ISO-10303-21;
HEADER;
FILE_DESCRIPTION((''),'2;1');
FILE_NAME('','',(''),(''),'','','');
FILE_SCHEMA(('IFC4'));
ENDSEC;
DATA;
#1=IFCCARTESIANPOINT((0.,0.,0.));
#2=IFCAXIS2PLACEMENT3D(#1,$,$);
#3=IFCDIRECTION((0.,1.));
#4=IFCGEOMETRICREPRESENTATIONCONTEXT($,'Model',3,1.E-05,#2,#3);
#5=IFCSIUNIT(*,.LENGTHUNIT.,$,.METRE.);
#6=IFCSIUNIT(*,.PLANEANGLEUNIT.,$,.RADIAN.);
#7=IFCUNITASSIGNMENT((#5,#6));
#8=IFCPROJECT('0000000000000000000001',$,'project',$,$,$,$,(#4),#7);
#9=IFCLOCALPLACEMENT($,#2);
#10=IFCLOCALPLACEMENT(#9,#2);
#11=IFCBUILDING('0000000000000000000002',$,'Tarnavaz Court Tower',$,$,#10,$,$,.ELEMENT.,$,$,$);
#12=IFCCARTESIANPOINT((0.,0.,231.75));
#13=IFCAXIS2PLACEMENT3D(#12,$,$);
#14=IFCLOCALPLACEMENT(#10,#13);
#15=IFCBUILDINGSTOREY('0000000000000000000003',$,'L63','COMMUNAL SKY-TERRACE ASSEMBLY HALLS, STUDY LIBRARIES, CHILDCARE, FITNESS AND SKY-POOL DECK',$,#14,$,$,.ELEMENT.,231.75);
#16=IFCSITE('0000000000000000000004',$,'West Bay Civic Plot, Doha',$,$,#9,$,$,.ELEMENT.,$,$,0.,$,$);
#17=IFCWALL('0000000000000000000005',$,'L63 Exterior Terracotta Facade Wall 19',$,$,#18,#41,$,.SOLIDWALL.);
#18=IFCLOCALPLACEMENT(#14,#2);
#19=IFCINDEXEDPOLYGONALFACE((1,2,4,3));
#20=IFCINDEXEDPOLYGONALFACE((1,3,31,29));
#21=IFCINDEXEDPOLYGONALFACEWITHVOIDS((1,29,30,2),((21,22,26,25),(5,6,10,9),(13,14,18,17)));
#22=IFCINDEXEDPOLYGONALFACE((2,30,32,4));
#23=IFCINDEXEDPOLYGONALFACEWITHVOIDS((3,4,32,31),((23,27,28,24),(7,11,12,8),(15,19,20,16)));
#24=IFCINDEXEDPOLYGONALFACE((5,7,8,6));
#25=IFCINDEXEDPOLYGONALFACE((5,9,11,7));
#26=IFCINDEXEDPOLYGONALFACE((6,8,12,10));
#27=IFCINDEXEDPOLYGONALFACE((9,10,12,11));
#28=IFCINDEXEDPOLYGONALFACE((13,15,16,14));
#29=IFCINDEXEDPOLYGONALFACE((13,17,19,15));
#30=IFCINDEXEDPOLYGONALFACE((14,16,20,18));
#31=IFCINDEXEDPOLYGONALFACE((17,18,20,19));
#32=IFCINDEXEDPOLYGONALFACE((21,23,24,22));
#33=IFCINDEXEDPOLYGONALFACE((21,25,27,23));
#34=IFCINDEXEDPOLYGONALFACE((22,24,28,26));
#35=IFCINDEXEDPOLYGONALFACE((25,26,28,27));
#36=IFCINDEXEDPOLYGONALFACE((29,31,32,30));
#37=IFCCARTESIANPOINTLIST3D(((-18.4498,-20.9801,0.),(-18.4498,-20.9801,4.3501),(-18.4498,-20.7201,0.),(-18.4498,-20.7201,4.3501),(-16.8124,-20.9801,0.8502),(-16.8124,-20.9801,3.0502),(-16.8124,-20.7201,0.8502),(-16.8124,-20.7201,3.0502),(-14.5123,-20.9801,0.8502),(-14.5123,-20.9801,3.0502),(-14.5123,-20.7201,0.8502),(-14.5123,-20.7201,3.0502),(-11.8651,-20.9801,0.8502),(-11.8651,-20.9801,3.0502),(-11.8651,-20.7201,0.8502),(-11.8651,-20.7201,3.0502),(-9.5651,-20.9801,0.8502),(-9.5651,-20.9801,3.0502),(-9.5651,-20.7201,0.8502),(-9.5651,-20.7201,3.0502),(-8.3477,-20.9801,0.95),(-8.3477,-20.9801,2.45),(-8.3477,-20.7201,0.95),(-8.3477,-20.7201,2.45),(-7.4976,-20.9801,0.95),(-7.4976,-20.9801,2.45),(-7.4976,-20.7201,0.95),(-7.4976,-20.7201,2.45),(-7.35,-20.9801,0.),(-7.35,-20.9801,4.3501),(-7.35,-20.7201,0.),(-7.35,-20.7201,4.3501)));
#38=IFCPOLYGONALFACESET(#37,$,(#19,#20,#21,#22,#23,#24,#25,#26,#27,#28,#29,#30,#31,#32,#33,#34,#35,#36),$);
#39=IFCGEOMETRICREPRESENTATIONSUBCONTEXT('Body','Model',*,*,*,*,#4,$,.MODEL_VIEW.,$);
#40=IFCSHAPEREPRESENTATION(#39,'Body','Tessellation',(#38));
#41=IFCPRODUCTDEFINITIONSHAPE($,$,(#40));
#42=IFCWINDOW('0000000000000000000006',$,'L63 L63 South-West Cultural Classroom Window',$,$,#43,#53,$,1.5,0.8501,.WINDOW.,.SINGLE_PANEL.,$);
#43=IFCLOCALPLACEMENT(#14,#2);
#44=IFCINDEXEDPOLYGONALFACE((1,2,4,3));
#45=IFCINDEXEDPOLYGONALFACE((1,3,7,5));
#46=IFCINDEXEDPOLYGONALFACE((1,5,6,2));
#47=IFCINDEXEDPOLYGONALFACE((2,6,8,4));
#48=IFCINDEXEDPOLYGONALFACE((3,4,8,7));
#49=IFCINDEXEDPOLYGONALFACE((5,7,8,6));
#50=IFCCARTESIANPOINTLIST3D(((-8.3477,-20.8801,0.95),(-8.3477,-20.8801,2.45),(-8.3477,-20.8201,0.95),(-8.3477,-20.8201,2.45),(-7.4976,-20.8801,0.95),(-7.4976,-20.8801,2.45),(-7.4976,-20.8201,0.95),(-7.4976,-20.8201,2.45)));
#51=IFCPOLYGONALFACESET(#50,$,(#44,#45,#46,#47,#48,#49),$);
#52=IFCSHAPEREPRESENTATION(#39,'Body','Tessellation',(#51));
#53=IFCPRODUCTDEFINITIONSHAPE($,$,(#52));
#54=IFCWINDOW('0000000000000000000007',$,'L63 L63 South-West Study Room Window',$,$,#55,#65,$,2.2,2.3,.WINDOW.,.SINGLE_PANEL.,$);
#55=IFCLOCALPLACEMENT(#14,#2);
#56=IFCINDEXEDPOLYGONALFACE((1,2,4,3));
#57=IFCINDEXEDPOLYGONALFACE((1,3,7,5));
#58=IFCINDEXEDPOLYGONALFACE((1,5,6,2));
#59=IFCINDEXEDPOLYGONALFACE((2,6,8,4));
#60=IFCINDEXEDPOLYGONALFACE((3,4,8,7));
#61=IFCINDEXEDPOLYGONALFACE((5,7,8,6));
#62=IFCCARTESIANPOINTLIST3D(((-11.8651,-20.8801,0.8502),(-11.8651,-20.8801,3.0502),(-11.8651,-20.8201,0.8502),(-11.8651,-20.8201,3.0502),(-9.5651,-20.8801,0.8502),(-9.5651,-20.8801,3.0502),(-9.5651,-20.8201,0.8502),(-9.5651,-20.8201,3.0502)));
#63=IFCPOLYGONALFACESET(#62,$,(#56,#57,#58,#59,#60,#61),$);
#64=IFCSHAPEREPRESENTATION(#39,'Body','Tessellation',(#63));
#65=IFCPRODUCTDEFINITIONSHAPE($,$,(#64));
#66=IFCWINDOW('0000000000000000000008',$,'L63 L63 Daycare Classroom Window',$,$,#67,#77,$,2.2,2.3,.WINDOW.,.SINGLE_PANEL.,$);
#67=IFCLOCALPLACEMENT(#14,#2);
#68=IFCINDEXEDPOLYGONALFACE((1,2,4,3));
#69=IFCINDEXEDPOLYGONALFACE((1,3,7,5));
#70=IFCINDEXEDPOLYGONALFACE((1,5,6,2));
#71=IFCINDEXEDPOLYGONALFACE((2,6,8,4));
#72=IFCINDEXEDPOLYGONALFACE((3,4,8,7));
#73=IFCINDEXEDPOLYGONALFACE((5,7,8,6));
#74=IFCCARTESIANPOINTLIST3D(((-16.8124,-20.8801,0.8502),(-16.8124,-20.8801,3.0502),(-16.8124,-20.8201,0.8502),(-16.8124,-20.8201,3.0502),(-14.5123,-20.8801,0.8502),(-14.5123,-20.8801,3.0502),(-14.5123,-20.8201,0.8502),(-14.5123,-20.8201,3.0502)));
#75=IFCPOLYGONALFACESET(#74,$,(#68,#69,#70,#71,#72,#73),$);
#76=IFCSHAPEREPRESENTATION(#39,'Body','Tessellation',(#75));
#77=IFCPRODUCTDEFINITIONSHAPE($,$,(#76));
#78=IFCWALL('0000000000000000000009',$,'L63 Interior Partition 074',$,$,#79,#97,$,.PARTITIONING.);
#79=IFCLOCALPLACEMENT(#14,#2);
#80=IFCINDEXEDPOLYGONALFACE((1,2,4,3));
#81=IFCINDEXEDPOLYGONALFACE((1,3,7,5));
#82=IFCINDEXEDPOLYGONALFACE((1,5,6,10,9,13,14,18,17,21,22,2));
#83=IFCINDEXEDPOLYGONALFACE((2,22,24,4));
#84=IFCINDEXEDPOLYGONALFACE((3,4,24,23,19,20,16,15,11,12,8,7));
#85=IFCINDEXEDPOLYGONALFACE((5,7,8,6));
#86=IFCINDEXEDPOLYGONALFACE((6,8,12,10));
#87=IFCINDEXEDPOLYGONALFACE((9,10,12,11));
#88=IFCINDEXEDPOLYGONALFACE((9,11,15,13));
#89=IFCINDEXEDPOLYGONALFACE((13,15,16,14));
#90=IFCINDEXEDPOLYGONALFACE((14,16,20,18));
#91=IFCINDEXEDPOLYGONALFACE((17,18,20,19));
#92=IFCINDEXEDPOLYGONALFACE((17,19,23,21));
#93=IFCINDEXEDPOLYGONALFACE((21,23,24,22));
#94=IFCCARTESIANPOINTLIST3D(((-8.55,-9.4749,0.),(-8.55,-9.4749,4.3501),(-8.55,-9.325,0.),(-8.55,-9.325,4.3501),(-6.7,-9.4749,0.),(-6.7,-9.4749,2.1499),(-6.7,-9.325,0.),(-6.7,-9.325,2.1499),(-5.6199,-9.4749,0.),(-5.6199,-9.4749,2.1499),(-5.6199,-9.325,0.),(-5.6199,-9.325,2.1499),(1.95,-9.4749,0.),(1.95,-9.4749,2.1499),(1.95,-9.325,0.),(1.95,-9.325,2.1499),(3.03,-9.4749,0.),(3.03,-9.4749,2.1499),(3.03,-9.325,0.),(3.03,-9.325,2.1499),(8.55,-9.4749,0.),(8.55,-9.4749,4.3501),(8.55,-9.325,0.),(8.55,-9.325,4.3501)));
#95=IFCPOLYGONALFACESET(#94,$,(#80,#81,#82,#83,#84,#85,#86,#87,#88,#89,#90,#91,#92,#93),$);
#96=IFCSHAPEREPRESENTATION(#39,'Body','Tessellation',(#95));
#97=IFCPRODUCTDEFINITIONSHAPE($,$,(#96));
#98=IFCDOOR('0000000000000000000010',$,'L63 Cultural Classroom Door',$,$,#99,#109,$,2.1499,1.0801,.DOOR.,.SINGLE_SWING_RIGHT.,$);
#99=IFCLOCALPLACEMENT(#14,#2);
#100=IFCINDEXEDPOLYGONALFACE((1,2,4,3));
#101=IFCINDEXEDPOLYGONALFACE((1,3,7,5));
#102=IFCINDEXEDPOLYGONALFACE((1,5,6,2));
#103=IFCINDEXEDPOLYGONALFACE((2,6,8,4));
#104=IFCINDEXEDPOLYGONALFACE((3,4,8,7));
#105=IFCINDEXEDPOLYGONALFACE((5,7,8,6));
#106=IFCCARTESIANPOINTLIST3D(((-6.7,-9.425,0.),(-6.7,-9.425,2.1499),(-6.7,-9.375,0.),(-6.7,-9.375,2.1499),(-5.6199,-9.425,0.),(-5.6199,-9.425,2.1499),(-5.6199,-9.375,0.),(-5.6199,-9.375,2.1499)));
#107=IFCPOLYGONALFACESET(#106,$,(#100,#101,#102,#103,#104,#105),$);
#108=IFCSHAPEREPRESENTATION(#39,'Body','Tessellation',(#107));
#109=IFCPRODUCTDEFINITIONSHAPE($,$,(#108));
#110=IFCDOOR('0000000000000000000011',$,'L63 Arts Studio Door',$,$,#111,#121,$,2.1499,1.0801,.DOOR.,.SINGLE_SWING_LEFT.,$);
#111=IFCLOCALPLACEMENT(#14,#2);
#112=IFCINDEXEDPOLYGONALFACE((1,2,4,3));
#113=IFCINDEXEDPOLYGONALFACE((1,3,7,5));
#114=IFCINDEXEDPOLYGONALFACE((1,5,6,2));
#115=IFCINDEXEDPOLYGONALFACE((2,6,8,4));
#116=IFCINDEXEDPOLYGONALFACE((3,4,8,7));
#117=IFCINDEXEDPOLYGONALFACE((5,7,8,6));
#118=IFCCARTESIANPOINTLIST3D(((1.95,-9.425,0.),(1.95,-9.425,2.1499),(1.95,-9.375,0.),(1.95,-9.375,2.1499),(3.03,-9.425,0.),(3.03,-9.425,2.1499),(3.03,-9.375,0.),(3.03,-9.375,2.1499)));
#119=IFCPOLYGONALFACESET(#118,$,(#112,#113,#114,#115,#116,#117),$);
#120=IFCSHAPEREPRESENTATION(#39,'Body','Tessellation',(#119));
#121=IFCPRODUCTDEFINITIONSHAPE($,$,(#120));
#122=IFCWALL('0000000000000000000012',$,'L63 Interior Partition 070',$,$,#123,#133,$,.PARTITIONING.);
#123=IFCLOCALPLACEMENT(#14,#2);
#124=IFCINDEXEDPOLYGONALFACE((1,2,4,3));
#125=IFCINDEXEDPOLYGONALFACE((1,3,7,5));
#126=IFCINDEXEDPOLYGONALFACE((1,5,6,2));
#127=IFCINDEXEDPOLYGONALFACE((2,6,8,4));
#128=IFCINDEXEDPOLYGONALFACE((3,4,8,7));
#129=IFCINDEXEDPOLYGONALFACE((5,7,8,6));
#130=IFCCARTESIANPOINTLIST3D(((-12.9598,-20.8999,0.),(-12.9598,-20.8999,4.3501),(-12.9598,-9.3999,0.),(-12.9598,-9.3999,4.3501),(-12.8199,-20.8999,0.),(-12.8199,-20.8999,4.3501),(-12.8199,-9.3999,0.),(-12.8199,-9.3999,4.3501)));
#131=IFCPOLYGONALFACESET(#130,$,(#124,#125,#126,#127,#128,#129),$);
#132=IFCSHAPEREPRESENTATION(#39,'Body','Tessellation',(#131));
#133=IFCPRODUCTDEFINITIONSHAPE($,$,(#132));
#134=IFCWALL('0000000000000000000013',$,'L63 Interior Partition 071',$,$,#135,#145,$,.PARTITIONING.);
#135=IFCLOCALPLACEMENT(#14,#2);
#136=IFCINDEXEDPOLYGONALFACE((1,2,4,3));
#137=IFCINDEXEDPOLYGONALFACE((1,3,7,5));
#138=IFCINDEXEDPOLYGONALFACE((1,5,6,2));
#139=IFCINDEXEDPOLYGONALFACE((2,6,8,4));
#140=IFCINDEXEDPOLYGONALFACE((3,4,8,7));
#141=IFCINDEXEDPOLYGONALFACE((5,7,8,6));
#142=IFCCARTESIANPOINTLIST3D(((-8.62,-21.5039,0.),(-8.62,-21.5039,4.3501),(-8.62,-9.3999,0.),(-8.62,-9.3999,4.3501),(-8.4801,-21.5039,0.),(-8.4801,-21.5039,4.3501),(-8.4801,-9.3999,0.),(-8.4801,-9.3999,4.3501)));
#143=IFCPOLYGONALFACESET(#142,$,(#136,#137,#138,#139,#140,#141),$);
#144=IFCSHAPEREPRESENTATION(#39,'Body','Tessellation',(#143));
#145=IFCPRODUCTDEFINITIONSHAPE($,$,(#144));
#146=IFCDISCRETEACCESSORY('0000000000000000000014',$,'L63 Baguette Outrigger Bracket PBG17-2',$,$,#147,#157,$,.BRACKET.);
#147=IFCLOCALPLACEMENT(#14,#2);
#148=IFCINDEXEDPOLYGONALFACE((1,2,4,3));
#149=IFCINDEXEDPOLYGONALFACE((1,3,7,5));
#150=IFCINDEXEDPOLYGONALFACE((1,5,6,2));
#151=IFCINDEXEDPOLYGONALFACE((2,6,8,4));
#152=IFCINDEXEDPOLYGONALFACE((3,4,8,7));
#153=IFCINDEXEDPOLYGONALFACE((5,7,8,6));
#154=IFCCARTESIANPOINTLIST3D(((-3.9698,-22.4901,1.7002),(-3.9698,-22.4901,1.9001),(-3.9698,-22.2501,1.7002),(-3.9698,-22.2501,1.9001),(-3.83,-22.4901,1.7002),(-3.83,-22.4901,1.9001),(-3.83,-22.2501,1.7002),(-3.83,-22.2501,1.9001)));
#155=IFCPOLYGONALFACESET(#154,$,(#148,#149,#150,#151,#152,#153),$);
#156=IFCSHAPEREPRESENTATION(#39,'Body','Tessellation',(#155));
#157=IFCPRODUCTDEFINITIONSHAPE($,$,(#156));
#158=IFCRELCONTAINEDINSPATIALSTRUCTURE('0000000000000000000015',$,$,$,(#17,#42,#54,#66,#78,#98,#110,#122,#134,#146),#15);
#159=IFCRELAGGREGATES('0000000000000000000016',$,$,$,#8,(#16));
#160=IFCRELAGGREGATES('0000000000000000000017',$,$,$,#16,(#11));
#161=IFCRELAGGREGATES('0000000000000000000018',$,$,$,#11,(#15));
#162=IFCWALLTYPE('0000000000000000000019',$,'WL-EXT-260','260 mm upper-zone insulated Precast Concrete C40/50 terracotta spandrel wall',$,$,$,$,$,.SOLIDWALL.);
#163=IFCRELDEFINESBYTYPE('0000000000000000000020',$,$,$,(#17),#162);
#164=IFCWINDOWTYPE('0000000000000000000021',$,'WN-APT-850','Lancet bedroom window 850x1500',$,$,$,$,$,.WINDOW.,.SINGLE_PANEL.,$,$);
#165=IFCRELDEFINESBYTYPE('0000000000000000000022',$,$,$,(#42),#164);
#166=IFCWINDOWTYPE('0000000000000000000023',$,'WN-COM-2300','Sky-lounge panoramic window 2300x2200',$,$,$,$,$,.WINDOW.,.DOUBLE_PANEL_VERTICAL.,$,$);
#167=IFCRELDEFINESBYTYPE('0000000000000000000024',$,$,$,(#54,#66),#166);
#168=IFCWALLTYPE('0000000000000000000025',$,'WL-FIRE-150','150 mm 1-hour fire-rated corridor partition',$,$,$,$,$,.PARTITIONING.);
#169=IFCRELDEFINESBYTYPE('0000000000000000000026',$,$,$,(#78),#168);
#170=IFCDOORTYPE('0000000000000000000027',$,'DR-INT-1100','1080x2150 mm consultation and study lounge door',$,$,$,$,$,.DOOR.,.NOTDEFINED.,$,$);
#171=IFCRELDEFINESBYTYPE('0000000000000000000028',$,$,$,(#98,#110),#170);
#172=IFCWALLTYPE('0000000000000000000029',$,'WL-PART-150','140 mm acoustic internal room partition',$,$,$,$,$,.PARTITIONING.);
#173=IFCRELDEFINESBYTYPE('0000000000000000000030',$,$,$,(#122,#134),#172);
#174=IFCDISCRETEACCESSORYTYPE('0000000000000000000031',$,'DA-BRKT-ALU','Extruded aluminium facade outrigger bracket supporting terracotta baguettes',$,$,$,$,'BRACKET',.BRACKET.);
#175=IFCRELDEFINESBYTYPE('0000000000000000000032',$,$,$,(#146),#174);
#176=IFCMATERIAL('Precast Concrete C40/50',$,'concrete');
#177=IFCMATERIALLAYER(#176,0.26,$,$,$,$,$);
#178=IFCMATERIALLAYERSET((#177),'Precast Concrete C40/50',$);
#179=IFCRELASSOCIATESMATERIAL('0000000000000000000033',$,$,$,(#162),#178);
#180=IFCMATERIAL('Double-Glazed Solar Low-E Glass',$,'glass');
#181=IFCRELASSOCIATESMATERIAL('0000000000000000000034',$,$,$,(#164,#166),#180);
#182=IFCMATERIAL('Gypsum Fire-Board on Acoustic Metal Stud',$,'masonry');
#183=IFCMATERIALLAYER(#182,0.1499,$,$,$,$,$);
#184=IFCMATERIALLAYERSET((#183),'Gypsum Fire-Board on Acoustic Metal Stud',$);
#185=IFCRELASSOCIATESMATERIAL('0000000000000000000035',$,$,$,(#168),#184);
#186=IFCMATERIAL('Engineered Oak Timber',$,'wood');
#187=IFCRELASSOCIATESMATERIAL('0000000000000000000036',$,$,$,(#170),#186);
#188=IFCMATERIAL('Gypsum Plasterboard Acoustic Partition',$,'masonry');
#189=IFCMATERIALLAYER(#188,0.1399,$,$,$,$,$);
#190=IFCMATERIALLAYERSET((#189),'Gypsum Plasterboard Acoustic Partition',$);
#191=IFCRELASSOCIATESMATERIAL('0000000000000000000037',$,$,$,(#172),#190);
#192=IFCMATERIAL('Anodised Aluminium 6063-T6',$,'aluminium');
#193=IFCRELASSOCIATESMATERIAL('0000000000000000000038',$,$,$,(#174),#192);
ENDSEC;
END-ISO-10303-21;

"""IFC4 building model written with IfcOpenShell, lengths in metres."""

from ifc_helpers import new_model, si_unit, direction, frame, frame_2d, origin, origin_2d, place, context, subcontext, project, spatial, rectangle, extrude, material, layer, layer_set, type_object, element, fill, save


model = new_model("IFC4")

# Units and contexts
model_context = context("Model", 3, precision=1e-05, world=origin(), true_north=direction((0.0, 1.0)))
body_context = subcontext(model_context, "Body", "Model", "MODEL_VIEW")
ifc_project = project(units=[si_unit("LENGTHUNIT", "METRE"), si_unit("PLANEANGLEUNIT", "RADIAN")], contexts=[model_context])

# Site, building, storey
site_placement = place(None, origin())
site = spatial("IfcSite", under=ifc_project, at=site_placement, Name="West Bay Civic Plot, Doha", CompositionType="ELEMENT", RefElevation=0.0)
building_placement = place(site_placement, origin())
building = spatial("IfcBuilding", under=site, at=building_placement, Name="Tarnavaz Court Tower", CompositionType="ELEMENT")
storey_placement = place(building_placement, frame((0.0, 0.0, 231.75)))
storey = spatial("IfcBuildingStorey", under=building, at=storey_placement, Name="L63", Description="COMMUNAL SKY-TERRACE ASSEMBLY HALLS, STUDY LIBRARIES, CHILDCARE, FITNESS AND SKY-POOL DECK", CompositionType="ELEMENT", Elevation=231.75)

# Shared definitions
ifc_material_1 = material(Name="Anodised Aluminium 6063-T6", Category="aluminium")
ifc_material_2 = material(Name="Double-Glazed Solar Low-E Glass", Category="glass")

# Shared definitions
ifc_material_3 = material(Name="Precast Concrete C40/50", Category="concrete")
ifc_layer_1 = layer(ifc_material_3, 0.26)
ifc_layer_set_1 = layer_set([ifc_layer_1], Name="Precast Concrete C40/50")
wall_type_1 = type_object("IfcWallType", Name="WL-EXT-260", Description="260 mm upper-zone insulated Precast Concrete C40/50 terracotta spandrel wall", PredefinedType="SOLIDWALL", material=ifc_layer_set_1)

# Wall, openings, windows
wall_1_placement = place(storey_placement, frame((-7.3501, -20.8501, 0.0), z_axis=(0.0, 0.0, 1.0), x_axis=(-1.0, 0.0, 0.0)))
wall_1 = element("IfcWall", 1, at=wall_1_placement, inside=storey, type_object=wall_type_1, Name="L63 Exterior Terracotta Facade Wall 19", PredefinedType="SOLIDWALL", context=body_context, shape_type="SweptSolid", body=[
    extrude(rectangle(XDim=11.0999, YDim=0.26, at=frame_2d((5.5498, 0.0))), origin(), (0.0, 0.0, 1.0), 4.3501),
])
opening_1_placement = place(wall_1_placement, frame((0.1475, 0.0, 0.95)))
opening_1 = element("IfcOpeningElement", 2, at=opening_1_placement, cuts=wall_1, PredefinedType="OPENING", context=body_context, shape_type="SweptSolid", body=[
    extrude(rectangle(XDim=0.8501, YDim=1.5, at=frame_2d((0.425, 0.75))), frame((0.0, 0.1399, 0.0), z_axis=(0.0, -1.0, 0.0), x_axis=(1.0, 0.0, 0.0)), (0.0, 0.0, 1.0), 0.28),
])
opening_2_placement = place(wall_1_placement, frame((2.2151, 0.0, 0.8501)))
opening_2 = element("IfcOpeningElement", 3, at=opening_2_placement, cuts=wall_1, PredefinedType="OPENING", context=body_context, shape_type="SweptSolid", body=[
    extrude(rectangle(XDim=2.3, YDim=2.2, at=frame_2d((1.1499, 1.1001))), frame((0.0, 0.1399, 0.0), z_axis=(0.0, -1.0, 0.0), x_axis=(1.0, 0.0, 0.0)), (0.0, 0.0, 1.0), 0.28),
])
opening_3_placement = place(wall_1_placement, frame((7.1624, 0.0, 0.8501)))
opening_3 = element("IfcOpeningElement", 4, at=opening_3_placement, cuts=wall_1, PredefinedType="OPENING", context=body_context, shape_type="SweptSolid", body=[
    extrude(rectangle(XDim=2.3, YDim=2.2, at=frame_2d((1.1499, 1.1001))), frame((0.0, 0.1399, 0.0), z_axis=(0.0, -1.0, 0.0), x_axis=(1.0, 0.0, 0.0)), (0.0, 0.0, 1.0), 0.28),
])
window_type_1 = type_object("IfcWindowType", Name="WN-APT-850", Description="Lancet bedroom window 850x1500", PartitioningType="SINGLE_PANEL", PredefinedType="WINDOW", material=ifc_material_2)
window_1_placement = place(opening_1_placement, origin())
window_1 = element("IfcWindow", 5, at=window_1_placement, inside=storey, type_object=window_type_1, Name="L63 L63 South-West Cultural Classroom Window", OverallHeight=1.5, OverallWidth=0.8501, PartitioningType="SINGLE_PANEL", PredefinedType="WINDOW", context=body_context, shape_type="SweptSolid", body=[
    extrude(rectangle(XDim=0.8501, YDim=1.5, at=frame_2d((0.425, 0.75))), frame((0.0, 0.03, 0.0), z_axis=(0.0, -1.0, 0.0), x_axis=(1.0, 0.0, 0.0)), (0.0, 0.0, 1.0), 0.0601),
])
fill(opening_1, window_1)
window_type_2 = type_object("IfcWindowType", Name="WN-COM-2300", Description="Sky-lounge panoramic window 2300x2200", PartitioningType="DOUBLE_PANEL_VERTICAL", PredefinedType="WINDOW", material=ifc_material_2)
window_2_placement = place(opening_2_placement, origin())
window_2 = element("IfcWindow", 6, at=window_2_placement, inside=storey, type_object=window_type_2, Name="L63 L63 South-West Study Room Window", OverallHeight=2.2, OverallWidth=2.3, PartitioningType="SINGLE_PANEL", PredefinedType="WINDOW", context=body_context, shape_type="SweptSolid", body=[
    extrude(rectangle(XDim=2.3, YDim=2.2, at=frame_2d((1.1499, 1.1001))), frame((0.0, 0.03, 0.0), z_axis=(0.0, -1.0, 0.0), x_axis=(1.0, 0.0, 0.0)), (0.0, 0.0, 1.0), 0.0601),
])
fill(opening_2, window_2)
window_3_placement = place(opening_3_placement, origin())
window_3 = element("IfcWindow", 7, at=window_3_placement, inside=storey, type_object=window_type_2, Name="L63 L63 Daycare Classroom Window", OverallHeight=2.2, OverallWidth=2.3, PartitioningType="SINGLE_PANEL", PredefinedType="WINDOW", context=body_context, shape_type="SweptSolid", body=[
    extrude(rectangle(XDim=2.3, YDim=2.2, at=frame_2d((1.1499, 1.1001))), frame((0.0, 0.03, 0.0), z_axis=(0.0, -1.0, 0.0), x_axis=(1.0, 0.0, 0.0)), (0.0, 0.0, 1.0), 0.0601),
])
fill(opening_3, window_3)

# Wall, openings, doors
ifc_material_4 = material(Name="Gypsum Fire-Board on Acoustic Metal Stud", Category="masonry")
ifc_layer_2 = layer(ifc_material_4, 0.1499)
ifc_layer_set_2 = layer_set([ifc_layer_2], Name="Gypsum Fire-Board on Acoustic Metal Stud")
wall_type_2 = type_object("IfcWallType", Name="WL-FIRE-150", Description="150 mm 1-hour fire-rated corridor partition", PredefinedType="PARTITIONING", material=ifc_layer_set_2)
wall_2_placement = place(storey_placement, frame((-8.55, -9.3999, 0.0), z_axis=(0.0, 0.0, 1.0), x_axis=(1.0, 0.0, 0.0)))
wall_2 = element("IfcWall", 8, at=wall_2_placement, inside=storey, type_object=wall_type_2, Name="L63 Interior Partition 074", PredefinedType="PARTITIONING", context=body_context, shape_type="SweptSolid", body=[
    extrude(rectangle(XDim=17.1001, YDim=0.1499, at=frame_2d((8.55, 0.0))), origin(), (0.0, 0.0, 1.0), 4.3501),
])
opening_4_placement = place(wall_2_placement, frame((1.8501, 0.0, 0.0)))
opening_4 = element("IfcOpeningElement", 9, at=opening_4_placement, cuts=wall_2, PredefinedType="OPENING", context=body_context, shape_type="SweptSolid", body=[
    extrude(rectangle(XDim=1.0801, YDim=2.1499, at=frame_2d((0.54, 1.075))), frame((0.0, 0.085, 0.0), z_axis=(0.0, -1.0, 0.0), x_axis=(1.0, 0.0, 0.0)), (0.0, 0.0, 1.0), 0.1699),
])
opening_5_placement = place(wall_2_placement, frame((10.5, 0.0, 0.0)))
opening_5 = element("IfcOpeningElement", 10, at=opening_5_placement, cuts=wall_2, PredefinedType="OPENING", context=body_context, shape_type="SweptSolid", body=[
    extrude(rectangle(XDim=1.0801, YDim=2.1499, at=frame_2d((0.54, 1.075))), frame((0.0, 0.085, 0.0), z_axis=(0.0, -1.0, 0.0), x_axis=(1.0, 0.0, 0.0)), (0.0, 0.0, 1.0), 0.1699),
])
ifc_material_5 = material(Name="Engineered Oak Timber", Category="wood")
door_type = type_object("IfcDoorType", Name="DR-INT-1100", Description="1080x2150 mm consultation and study lounge door", OperationType="NOTDEFINED", PredefinedType="DOOR", material=ifc_material_5)
door_1_placement = place(opening_4_placement, origin())
door_1 = element("IfcDoor", 11, at=door_1_placement, inside=storey, type_object=door_type, Name="L63 Cultural Classroom Door", OperationType="SINGLE_SWING_RIGHT", OverallHeight=2.1499, OverallWidth=1.0801, PredefinedType="DOOR", context=body_context, shape_type="SweptSolid", body=[
    extrude(rectangle(XDim=1.0801, YDim=2.1499, at=frame_2d((0.54, 1.075))), frame((0.0, 0.0249, 0.0), z_axis=(0.0, -1.0, 0.0), x_axis=(1.0, 0.0, 0.0)), (0.0, 0.0, 1.0), 0.05),
])
fill(opening_4, door_1)
door_2_placement = place(opening_5_placement, origin())
door_2 = element("IfcDoor", 12, at=door_2_placement, inside=storey, type_object=door_type, Name="L63 Arts Studio Door", OperationType="SINGLE_SWING_LEFT", OverallHeight=2.1499, OverallWidth=1.0801, PredefinedType="DOOR", context=body_context, shape_type="SweptSolid", body=[
    extrude(rectangle(XDim=1.0801, YDim=2.1499, at=frame_2d((0.54, 1.075))), frame((0.0, 0.0249, 0.0), z_axis=(0.0, -1.0, 0.0), x_axis=(1.0, 0.0, 0.0)), (0.0, 0.0, 1.0), 0.05),
])
fill(opening_5, door_2)

# Walls
ifc_material_6 = material(Name="Gypsum Plasterboard Acoustic Partition", Category="masonry")
ifc_layer_3 = layer(ifc_material_6, 0.1399)
ifc_layer_set_3 = layer_set([ifc_layer_3], Name="Gypsum Plasterboard Acoustic Partition")
wall_type_3 = type_object("IfcWallType", Name="WL-PART-150", Description="140 mm acoustic internal room partition", PredefinedType="PARTITIONING", material=ifc_layer_set_3)
wall_3_placement = place(storey_placement, frame((-12.8899, -20.8999, 0.0), z_axis=(0.0, 0.0, 1.0), x_axis=(0.0, 1.0, 0.0)))
element("IfcWall", 13, at=wall_3_placement, inside=storey, type_object=wall_type_3, Name="L63 Interior Partition 070", PredefinedType="PARTITIONING", context=body_context, shape_type="SweptSolid", body=[
    extrude(rectangle(XDim=11.5, YDim=0.1399, at=frame_2d((5.75, 0.0))), origin(), (0.0, 0.0, 1.0), 4.3501),
])
wall_4_placement = place(storey_placement, frame((-8.55, -21.5039, 0.0), z_axis=(0.0, 0.0, 1.0), x_axis=(0.0, 1.0, 0.0)))
element("IfcWall", 14, at=wall_4_placement, inside=storey, type_object=wall_type_3, Name="L63 Interior Partition 071", PredefinedType="PARTITIONING", context=body_context, shape_type="SweptSolid", body=[
    extrude(rectangle(XDim=12.104, YDim=0.1399, at=frame_2d((6.052, 0.0))), origin(), (0.0, 0.0, 1.0), 4.3501),
])

# Discrete accessory
discrete_accessory_type = type_object("IfcDiscreteAccessoryType", Name="DA-BRKT-ALU", Description="Extruded aluminium facade outrigger bracket supporting terracotta baguettes", ElementType="BRACKET", PredefinedType="BRACKET", material=ifc_material_1)
discrete_accessory_1_placement = place(storey_placement, frame((-3.8999, -22.3701, 1.7002), z_axis=(0.0, 0.0, 1.0), x_axis=(-1.0, 0.0, 0.0)))
element("IfcDiscreteAccessory", 15, at=discrete_accessory_1_placement, inside=storey, type_object=discrete_accessory_type, Name="L63 Baguette Outrigger Bracket PBG17-2", PredefinedType="BRACKET", context=body_context, shape_type="SweptSolid", body=[
    extrude(rectangle(XDim=0.1399, YDim=0.24, at=origin_2d()), origin(), (0.0, 0.0, 1.0), 0.2),
])

save(model, "model.ifc")
